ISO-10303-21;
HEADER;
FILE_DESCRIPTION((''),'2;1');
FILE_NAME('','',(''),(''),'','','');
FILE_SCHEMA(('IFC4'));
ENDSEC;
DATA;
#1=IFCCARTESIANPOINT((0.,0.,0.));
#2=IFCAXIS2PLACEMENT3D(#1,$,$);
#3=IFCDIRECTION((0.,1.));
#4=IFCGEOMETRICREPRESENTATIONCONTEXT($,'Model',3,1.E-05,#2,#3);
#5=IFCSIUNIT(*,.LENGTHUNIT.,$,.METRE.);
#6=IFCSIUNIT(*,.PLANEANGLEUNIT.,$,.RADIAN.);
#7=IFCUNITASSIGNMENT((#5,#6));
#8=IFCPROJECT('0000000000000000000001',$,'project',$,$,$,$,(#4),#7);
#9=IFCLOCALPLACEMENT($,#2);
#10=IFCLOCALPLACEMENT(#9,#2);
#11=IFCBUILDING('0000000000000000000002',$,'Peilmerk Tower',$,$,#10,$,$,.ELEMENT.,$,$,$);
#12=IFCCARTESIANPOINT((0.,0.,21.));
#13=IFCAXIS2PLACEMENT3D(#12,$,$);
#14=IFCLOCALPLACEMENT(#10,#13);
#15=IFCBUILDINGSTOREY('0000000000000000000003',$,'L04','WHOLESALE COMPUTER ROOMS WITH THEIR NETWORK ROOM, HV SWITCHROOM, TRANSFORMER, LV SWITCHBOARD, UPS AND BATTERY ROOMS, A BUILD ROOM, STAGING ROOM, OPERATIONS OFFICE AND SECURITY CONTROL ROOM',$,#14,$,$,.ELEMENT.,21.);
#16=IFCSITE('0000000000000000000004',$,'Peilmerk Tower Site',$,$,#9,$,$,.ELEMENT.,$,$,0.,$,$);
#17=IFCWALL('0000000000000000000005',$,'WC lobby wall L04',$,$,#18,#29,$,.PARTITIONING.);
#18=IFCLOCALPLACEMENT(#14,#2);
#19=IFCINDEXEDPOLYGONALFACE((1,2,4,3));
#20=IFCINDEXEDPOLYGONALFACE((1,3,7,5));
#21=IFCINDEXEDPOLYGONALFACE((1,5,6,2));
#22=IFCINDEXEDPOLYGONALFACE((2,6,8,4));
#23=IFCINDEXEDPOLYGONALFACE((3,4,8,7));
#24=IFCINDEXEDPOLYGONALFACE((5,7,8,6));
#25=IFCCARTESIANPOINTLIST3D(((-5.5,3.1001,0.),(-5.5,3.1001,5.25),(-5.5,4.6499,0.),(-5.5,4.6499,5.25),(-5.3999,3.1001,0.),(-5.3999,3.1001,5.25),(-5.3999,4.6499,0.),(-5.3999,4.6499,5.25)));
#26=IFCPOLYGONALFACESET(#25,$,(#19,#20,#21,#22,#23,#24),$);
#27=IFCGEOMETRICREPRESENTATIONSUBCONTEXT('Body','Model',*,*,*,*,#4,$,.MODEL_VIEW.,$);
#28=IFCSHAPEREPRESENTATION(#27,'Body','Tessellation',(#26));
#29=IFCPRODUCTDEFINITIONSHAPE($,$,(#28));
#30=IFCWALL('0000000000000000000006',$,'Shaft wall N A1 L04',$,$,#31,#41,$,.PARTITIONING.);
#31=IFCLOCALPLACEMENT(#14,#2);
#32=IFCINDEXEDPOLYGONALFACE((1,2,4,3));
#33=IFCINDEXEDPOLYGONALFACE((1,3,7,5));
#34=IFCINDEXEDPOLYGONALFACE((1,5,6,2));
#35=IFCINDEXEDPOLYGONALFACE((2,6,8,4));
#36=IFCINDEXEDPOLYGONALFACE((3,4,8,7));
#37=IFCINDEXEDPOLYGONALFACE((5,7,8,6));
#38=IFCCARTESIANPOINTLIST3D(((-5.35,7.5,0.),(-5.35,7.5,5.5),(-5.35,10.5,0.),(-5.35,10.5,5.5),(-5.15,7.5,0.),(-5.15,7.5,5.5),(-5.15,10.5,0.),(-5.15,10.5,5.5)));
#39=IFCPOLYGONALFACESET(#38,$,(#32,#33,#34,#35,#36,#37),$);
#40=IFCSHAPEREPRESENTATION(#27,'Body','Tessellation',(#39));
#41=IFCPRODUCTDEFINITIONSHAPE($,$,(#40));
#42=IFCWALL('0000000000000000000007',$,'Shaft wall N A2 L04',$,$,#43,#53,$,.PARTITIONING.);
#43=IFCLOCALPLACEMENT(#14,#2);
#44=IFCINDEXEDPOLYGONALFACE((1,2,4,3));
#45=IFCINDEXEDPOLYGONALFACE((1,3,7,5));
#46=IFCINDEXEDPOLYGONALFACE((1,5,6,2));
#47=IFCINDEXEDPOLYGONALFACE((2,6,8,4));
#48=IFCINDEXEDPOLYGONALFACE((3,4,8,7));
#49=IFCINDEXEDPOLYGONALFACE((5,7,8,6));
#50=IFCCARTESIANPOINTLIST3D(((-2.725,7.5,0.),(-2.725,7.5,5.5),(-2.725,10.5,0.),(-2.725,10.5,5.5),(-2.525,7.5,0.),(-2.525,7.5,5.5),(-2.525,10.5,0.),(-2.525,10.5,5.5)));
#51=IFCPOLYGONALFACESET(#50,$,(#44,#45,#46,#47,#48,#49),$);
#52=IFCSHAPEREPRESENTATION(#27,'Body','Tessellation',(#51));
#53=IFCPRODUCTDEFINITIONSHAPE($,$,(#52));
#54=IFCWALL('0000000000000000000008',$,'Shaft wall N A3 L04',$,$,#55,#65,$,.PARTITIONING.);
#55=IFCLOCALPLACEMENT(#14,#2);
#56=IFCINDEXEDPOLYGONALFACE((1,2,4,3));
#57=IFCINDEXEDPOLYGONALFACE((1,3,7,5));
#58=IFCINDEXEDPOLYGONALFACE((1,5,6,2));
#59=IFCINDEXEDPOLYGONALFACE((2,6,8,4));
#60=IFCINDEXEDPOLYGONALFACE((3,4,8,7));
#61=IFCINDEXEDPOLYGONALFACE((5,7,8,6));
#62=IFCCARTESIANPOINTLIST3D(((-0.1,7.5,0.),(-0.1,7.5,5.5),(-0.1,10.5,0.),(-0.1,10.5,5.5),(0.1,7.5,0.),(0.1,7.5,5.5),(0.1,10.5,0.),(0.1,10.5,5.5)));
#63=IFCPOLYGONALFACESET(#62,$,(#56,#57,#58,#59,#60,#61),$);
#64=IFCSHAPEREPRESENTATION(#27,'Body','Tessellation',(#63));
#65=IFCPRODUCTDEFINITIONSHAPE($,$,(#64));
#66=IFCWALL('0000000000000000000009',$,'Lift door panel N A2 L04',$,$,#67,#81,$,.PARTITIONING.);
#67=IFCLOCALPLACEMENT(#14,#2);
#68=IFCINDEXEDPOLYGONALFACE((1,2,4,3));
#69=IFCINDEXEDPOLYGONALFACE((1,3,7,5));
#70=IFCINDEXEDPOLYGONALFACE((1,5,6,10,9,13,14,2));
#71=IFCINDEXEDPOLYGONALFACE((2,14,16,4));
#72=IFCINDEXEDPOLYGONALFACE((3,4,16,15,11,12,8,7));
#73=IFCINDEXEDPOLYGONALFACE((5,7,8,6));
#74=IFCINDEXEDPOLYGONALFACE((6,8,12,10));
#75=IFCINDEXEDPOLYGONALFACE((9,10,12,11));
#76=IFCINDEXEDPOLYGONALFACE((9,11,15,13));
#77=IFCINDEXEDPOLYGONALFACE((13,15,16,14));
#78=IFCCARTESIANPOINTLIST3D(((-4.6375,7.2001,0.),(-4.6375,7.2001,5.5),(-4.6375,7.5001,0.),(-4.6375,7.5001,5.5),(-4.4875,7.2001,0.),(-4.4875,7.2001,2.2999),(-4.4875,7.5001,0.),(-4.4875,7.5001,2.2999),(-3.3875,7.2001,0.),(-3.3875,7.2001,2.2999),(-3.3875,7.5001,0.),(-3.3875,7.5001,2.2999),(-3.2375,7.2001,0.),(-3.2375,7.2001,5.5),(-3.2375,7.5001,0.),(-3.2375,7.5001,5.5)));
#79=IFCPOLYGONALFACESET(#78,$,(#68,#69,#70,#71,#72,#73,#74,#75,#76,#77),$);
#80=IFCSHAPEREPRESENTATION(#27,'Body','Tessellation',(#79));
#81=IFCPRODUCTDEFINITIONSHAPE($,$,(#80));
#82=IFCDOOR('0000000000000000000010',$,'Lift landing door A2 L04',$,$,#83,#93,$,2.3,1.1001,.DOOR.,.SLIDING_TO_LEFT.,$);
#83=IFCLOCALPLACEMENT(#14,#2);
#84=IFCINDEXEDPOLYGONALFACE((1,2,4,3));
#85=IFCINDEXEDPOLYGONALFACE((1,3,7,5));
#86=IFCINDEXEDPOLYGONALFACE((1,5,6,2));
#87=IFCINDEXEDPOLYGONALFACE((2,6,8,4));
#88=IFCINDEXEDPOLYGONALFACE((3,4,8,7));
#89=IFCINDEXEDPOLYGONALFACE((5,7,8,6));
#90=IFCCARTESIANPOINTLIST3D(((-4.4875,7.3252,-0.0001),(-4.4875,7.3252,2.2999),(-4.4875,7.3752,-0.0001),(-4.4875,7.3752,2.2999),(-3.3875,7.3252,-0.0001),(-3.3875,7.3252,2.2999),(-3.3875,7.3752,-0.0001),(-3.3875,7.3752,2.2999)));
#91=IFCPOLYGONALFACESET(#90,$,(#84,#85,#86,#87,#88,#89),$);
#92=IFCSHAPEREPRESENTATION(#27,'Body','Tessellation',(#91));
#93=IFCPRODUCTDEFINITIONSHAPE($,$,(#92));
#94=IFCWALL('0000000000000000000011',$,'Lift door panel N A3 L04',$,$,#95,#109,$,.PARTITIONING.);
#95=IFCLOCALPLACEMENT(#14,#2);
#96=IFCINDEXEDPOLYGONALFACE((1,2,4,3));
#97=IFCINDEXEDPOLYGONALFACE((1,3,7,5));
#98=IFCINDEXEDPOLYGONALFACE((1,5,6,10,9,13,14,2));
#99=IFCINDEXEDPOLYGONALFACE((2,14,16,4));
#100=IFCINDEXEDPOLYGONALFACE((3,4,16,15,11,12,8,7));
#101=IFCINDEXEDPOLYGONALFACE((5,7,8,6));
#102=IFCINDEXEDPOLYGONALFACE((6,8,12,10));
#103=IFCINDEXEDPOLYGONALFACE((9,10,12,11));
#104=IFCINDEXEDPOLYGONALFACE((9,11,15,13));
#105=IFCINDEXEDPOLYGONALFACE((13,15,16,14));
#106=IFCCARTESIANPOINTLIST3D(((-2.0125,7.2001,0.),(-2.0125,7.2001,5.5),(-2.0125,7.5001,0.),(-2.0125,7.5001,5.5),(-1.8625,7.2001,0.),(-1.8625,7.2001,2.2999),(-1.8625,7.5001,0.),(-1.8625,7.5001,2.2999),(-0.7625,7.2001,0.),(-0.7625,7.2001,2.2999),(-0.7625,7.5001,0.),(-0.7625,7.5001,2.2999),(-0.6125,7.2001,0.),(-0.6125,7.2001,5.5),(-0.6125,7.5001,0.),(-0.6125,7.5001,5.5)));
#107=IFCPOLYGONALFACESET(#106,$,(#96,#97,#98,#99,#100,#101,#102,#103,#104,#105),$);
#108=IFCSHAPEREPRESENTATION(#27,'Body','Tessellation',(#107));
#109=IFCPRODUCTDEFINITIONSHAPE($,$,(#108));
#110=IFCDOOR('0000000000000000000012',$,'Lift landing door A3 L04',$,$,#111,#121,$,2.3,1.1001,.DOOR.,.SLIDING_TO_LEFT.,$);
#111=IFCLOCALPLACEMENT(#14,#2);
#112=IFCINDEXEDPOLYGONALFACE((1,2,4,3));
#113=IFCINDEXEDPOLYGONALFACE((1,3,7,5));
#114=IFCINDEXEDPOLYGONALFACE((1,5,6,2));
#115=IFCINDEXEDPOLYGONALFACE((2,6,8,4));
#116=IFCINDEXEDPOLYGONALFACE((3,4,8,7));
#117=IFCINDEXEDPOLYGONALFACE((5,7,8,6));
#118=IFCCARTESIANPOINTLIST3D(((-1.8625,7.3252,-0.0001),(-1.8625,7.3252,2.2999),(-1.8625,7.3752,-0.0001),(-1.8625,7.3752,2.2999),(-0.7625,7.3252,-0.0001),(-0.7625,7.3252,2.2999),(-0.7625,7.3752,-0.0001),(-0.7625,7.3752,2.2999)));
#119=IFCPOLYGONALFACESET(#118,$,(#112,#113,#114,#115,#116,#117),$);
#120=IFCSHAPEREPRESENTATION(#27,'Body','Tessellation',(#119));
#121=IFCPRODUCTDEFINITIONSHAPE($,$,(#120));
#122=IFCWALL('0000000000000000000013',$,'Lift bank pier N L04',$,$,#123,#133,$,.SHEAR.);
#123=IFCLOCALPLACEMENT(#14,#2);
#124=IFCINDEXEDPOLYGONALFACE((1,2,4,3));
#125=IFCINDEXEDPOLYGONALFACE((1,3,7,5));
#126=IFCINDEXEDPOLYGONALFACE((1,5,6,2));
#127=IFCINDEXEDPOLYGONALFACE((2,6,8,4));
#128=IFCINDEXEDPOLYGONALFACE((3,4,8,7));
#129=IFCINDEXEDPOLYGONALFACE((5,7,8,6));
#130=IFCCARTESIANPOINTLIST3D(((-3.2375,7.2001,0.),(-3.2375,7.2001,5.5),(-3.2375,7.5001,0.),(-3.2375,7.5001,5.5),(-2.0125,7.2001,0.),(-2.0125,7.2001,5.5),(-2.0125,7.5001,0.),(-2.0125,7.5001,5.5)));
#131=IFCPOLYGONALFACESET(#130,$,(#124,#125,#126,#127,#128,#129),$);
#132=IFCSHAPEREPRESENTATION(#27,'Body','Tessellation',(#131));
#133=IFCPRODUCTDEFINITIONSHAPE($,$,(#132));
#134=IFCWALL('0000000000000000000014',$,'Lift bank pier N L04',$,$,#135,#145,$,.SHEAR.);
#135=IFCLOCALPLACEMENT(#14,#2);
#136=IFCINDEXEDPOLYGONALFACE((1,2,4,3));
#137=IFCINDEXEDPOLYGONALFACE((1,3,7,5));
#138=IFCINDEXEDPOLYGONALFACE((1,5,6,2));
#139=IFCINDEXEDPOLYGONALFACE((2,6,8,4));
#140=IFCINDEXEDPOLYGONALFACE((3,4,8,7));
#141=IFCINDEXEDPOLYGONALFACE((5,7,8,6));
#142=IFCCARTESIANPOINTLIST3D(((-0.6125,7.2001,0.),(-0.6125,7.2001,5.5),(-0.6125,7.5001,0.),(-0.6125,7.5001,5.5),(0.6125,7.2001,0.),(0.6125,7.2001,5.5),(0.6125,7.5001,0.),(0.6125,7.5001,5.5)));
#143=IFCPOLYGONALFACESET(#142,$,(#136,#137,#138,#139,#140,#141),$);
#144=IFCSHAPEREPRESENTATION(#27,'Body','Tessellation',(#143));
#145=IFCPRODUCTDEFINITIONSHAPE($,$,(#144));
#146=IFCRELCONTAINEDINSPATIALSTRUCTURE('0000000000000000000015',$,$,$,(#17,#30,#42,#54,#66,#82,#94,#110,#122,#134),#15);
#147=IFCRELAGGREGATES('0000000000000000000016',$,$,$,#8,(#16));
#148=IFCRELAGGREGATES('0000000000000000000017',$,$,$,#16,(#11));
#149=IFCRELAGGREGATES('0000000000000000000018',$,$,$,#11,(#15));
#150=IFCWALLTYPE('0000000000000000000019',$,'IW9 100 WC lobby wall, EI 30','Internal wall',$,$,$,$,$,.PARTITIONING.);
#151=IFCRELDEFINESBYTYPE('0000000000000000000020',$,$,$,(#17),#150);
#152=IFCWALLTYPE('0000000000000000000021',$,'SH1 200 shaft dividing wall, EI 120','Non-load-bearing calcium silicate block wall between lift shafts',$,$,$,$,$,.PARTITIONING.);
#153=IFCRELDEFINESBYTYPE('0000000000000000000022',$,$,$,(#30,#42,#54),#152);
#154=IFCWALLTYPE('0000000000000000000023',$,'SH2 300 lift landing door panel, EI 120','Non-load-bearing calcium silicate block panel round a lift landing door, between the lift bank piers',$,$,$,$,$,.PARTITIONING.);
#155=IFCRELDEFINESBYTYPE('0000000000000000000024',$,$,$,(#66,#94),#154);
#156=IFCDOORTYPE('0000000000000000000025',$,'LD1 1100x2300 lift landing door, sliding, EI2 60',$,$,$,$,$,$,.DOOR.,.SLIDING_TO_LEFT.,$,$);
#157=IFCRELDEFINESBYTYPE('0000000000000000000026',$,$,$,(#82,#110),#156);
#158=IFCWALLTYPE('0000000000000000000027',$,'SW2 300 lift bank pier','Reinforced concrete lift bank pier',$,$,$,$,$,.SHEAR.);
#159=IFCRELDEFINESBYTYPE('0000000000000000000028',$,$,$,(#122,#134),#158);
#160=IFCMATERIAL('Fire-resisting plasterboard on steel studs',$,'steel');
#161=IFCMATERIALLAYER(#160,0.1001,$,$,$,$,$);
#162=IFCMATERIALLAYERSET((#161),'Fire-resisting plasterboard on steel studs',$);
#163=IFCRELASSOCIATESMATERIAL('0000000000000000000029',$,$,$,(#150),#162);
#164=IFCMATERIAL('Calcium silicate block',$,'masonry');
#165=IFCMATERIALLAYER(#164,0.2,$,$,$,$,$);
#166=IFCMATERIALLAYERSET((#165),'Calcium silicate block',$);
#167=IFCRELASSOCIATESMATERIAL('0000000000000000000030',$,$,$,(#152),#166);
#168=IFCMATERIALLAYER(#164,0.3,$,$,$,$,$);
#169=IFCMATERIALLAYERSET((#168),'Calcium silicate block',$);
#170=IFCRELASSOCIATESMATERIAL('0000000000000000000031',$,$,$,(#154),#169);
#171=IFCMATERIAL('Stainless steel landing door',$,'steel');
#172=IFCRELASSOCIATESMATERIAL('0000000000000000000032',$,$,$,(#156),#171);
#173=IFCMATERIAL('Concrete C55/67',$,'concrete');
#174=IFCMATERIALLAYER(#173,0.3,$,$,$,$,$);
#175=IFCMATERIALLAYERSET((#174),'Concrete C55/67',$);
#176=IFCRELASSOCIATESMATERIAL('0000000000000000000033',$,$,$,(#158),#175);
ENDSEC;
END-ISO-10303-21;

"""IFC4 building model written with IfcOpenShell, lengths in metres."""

from ifc_helpers import new_model, si_unit, direction, frame, frame_2d, origin, place, context, subcontext, project, spatial, rectangle, extrude, material, layer, layer_set, type_object, element, fill, save


model = new_model("IFC4")

# Units and contexts
model_context = context("Model", 3, precision=1e-05, world=origin(), true_north=direction((0.0, 1.0)))
body_context = subcontext(model_context, "Body", "Model", "MODEL_VIEW")
ifc_project = project(units=[si_unit("LENGTHUNIT", "METRE"), si_unit("PLANEANGLEUNIT", "RADIAN")], contexts=[model_context])

# Site, building, storey
site_placement = place(None, origin())
site = spatial("IfcSite", under=ifc_project, at=site_placement, Name="Peilmerk Tower Site", CompositionType="ELEMENT", RefElevation=0.0)
building_placement = place(site_placement, origin())
building = spatial("IfcBuilding", under=site, at=building_placement, Name="Peilmerk Tower", CompositionType="ELEMENT")
storey_placement = place(building_placement, frame((0.0, 0.0, 21.0)))
storey = spatial("IfcBuildingStorey", under=building, at=storey_placement, Name="L04", Description="WHOLESALE COMPUTER ROOMS WITH THEIR NETWORK ROOM, HV SWITCHROOM, TRANSFORMER, LV SWITCHBOARD, UPS AND BATTERY ROOMS, A BUILD ROOM, STAGING ROOM, OPERATIONS OFFICE AND SECURITY CONTROL ROOM", CompositionType="ELEMENT", Elevation=21.0)

# Shared definitions
ifc_material_1 = material(Name="Concrete C55/67", Category="concrete")

# Shared definitions
ifc_material_2 = material(Name="Fire-resisting plasterboard on steel studs", Category="steel")
ifc_layer_1 = layer(ifc_material_2, 0.1001)
ifc_layer_set_1 = layer_set([ifc_layer_1], Name="Fire-resisting plasterboard on steel studs")
wall_type_1 = type_object("IfcWallType", Name="IW9 100 WC lobby wall, EI 30", Description="Internal wall", PredefinedType="PARTITIONING", material=ifc_layer_set_1)

# Walls
wall_1_placement = place(storey_placement, frame((-5.45, 3.1001, 0.0), z_axis=(0.0, 0.0, 1.0), x_axis=(0.0, 1.0, 0.0)))
element("IfcWall", 1, at=wall_1_placement, inside=storey, type_object=wall_type_1, Name="WC lobby wall L04", PredefinedType="PARTITIONING", context=body_context, shape_type="SweptSolid", body=[
    extrude(rectangle(XDim=1.5498, YDim=0.1001, at=frame_2d((0.7749, 0.0))), origin(), (0.0, 0.0, 1.0), 5.25),
])
ifc_material_3 = material(Name="Calcium silicate block", Category="masonry")
ifc_layer_2 = layer(ifc_material_3, 0.2)
ifc_layer_set_2 = layer_set([ifc_layer_2], Name="Calcium silicate block")
wall_type_2 = type_object("IfcWallType", Name="SH1 200 shaft dividing wall, EI 120", Description="Non-load-bearing calcium silicate block wall between lift shafts", PredefinedType="PARTITIONING", material=ifc_layer_set_2)
for number, where, z_axis, x_axis, name in (
    (2, (-5.25, 7.5, 0.0), (0.0, 0.0, 1.0), (0.0, 1.0, 0.0), "Shaft wall N A1 L04"),
    (3, (-2.625, 7.5, 0.0), (0.0, 0.0, 1.0), (0.0, 1.0, 0.0), "Shaft wall N A2 L04"),
    (4, (0.0, 7.5, 0.0), (0.0, 0.0, 1.0), (0.0, 1.0, 0.0), "Shaft wall N A3 L04"),
):
    element("IfcWall", number, at=place(storey_placement, frame(where, z_axis=z_axis, x_axis=x_axis)), inside=storey, type_object=wall_type_2, Name=name, PredefinedType="PARTITIONING", context=body_context, shape_type="SweptSolid", body=[
        extrude(rectangle(XDim=3.0, YDim=0.2, at=frame_2d((1.5, 0.0))), origin(), (0.0, 0.0, 1.0), 5.5),
    ])

# Walls, openings, doors
ifc_layer_3 = layer(ifc_material_3, 0.3)
ifc_layer_set_3 = layer_set([ifc_layer_3], Name="Calcium silicate block")
wall_type_3 = type_object("IfcWallType", Name="SH2 300 lift landing door panel, EI 120", Description="Non-load-bearing calcium silicate block panel round a lift landing door, between the lift bank piers", PredefinedType="PARTITIONING", material=ifc_layer_set_3)
wall_2_placement = place(storey_placement, frame((-4.6375, 7.3501, 0.0), z_axis=(0.0, 0.0, 1.0), x_axis=(1.0, 0.0, 0.0)))
wall_2 = element("IfcWall", 5, at=wall_2_placement, inside=storey, type_object=wall_type_3, Name="Lift door panel N A2 L04", PredefinedType="PARTITIONING", context=body_context, shape_type="SweptSolid", body=[
    extrude(rectangle(XDim=1.3999, YDim=0.3, at=frame_2d((0.7, 0.0))), origin(), (0.0, 0.0, 1.0), 5.5),
])
opening_1_placement = place(wall_2_placement, frame((0.1499, 0.0, 0.0)))
opening_1 = element("IfcOpeningElement", 6, at=opening_1_placement, cuts=wall_2, PredefinedType="OPENING", context=body_context, shape_type="SweptSolid", body=[
    extrude(rectangle(XDim=1.1001, YDim=2.3, at=frame_2d((0.55, 1.1499))), frame((0.0, 0.1599, 0.0), z_axis=(0.0, -1.0, 0.0), x_axis=(1.0, 0.0, 0.0)), (0.0, 0.0, 1.0), 0.3201),
])
ifc_material_4 = material(Name="Stainless steel landing door", Category="steel")
door_type_1 = type_object("IfcDoorType", Name="LD1 1100x2300 lift landing door, sliding, EI2 60", OperationType="SLIDING_TO_LEFT", PredefinedType="DOOR", material=ifc_material_4)
door_1_placement = place(opening_1_placement, frame((1.1001, 0.0, 0.0), z_axis=(0.0, 0.0, 1.0), x_axis=(-1.0, 0.0, 0.0)))
door_1 = element("IfcDoor", 7, at=door_1_placement, inside=storey, type_object=door_type_1, Name="Lift landing door A2 L04", OperationType="SLIDING_TO_LEFT", OverallHeight=2.3, OverallWidth=1.1001, PredefinedType="DOOR", context=body_context, shape_type="SweptSolid", body=[
    extrude(rectangle(XDim=1.1001, YDim=2.3, at=frame_2d((0.55, 1.1499))), frame((0.0, 0.0249, 0.0), z_axis=(0.0, -1.0, 0.0), x_axis=(1.0, 0.0, 0.0)), (0.0, 0.0, 1.0), 0.05),
])
fill(opening_1, door_1)
wall_3_placement = place(storey_placement, frame((-2.0125, 7.3501, 0.0), z_axis=(0.0, 0.0, 1.0), x_axis=(1.0, 0.0, 0.0)))
wall_3 = element("IfcWall", 8, at=wall_3_placement, inside=storey, type_object=wall_type_3, Name="Lift door panel N A3 L04", PredefinedType="PARTITIONING", context=body_context, shape_type="SweptSolid", body=[
    extrude(rectangle(XDim=1.3999, YDim=0.3, at=frame_2d((0.7, 0.0))), origin(), (0.0, 0.0, 1.0), 5.5),
])
opening_2_placement = place(wall_3_placement, frame((0.1499, 0.0, 0.0)))
opening_2 = element("IfcOpeningElement", 9, at=opening_2_placement, cuts=wall_3, PredefinedType="OPENING", context=body_context, shape_type="SweptSolid", body=[
    extrude(rectangle(XDim=1.1001, YDim=2.3, at=frame_2d((0.55, 1.1499))), frame((0.0, 0.1599, 0.0), z_axis=(0.0, -1.0, 0.0), x_axis=(1.0, 0.0, 0.0)), (0.0, 0.0, 1.0), 0.3201),
])
door_2_placement = place(opening_2_placement, frame((1.1001, 0.0, 0.0), z_axis=(0.0, 0.0, 1.0), x_axis=(-1.0, 0.0, 0.0)))
door_2 = element("IfcDoor", 10, at=door_2_placement, inside=storey, type_object=door_type_1, Name="Lift landing door A3 L04", OperationType="SLIDING_TO_LEFT", OverallHeight=2.3, OverallWidth=1.1001, PredefinedType="DOOR", context=body_context, shape_type="SweptSolid", body=[
    extrude(rectangle(XDim=1.1001, YDim=2.3, at=frame_2d((0.55, 1.1499))), frame((0.0, 0.0249, 0.0), z_axis=(0.0, -1.0, 0.0), x_axis=(1.0, 0.0, 0.0)), (0.0, 0.0, 1.0), 0.05),
])
fill(opening_2, door_2)

# Walls
ifc_layer_4 = layer(ifc_material_1, 0.3)
ifc_layer_set_4 = layer_set([ifc_layer_4], Name="Concrete C55/67")
wall_type_4 = type_object("IfcWallType", Name="SW2 300 lift bank pier", Description="Reinforced concrete lift bank pier", PredefinedType="SHEAR", material=ifc_layer_set_4)
for number, where, z_axis, x_axis, name in (
    (11, (-3.2375, 7.3501, 0.0), (0.0, 0.0, 1.0), (1.0, 0.0, 0.0), "Lift bank pier N L04"),
    (12, (-0.6125, 7.3501, 0.0), (0.0, 0.0, 1.0), (1.0, 0.0, 0.0), "Lift bank pier N L04"),
):
    element("IfcWall", number, at=place(storey_placement, frame(where, z_axis=z_axis, x_axis=x_axis)), inside=storey, type_object=wall_type_4, Name=name, PredefinedType="SHEAR", context=body_context, shape_type="SweptSolid", body=[
        extrude(rectangle(XDim=1.2251, YDim=0.3, at=frame_2d((0.6125, 0.0))), origin(), (0.0, 0.0, 1.0), 5.5),
    ])

save(model, "model.ifc")
